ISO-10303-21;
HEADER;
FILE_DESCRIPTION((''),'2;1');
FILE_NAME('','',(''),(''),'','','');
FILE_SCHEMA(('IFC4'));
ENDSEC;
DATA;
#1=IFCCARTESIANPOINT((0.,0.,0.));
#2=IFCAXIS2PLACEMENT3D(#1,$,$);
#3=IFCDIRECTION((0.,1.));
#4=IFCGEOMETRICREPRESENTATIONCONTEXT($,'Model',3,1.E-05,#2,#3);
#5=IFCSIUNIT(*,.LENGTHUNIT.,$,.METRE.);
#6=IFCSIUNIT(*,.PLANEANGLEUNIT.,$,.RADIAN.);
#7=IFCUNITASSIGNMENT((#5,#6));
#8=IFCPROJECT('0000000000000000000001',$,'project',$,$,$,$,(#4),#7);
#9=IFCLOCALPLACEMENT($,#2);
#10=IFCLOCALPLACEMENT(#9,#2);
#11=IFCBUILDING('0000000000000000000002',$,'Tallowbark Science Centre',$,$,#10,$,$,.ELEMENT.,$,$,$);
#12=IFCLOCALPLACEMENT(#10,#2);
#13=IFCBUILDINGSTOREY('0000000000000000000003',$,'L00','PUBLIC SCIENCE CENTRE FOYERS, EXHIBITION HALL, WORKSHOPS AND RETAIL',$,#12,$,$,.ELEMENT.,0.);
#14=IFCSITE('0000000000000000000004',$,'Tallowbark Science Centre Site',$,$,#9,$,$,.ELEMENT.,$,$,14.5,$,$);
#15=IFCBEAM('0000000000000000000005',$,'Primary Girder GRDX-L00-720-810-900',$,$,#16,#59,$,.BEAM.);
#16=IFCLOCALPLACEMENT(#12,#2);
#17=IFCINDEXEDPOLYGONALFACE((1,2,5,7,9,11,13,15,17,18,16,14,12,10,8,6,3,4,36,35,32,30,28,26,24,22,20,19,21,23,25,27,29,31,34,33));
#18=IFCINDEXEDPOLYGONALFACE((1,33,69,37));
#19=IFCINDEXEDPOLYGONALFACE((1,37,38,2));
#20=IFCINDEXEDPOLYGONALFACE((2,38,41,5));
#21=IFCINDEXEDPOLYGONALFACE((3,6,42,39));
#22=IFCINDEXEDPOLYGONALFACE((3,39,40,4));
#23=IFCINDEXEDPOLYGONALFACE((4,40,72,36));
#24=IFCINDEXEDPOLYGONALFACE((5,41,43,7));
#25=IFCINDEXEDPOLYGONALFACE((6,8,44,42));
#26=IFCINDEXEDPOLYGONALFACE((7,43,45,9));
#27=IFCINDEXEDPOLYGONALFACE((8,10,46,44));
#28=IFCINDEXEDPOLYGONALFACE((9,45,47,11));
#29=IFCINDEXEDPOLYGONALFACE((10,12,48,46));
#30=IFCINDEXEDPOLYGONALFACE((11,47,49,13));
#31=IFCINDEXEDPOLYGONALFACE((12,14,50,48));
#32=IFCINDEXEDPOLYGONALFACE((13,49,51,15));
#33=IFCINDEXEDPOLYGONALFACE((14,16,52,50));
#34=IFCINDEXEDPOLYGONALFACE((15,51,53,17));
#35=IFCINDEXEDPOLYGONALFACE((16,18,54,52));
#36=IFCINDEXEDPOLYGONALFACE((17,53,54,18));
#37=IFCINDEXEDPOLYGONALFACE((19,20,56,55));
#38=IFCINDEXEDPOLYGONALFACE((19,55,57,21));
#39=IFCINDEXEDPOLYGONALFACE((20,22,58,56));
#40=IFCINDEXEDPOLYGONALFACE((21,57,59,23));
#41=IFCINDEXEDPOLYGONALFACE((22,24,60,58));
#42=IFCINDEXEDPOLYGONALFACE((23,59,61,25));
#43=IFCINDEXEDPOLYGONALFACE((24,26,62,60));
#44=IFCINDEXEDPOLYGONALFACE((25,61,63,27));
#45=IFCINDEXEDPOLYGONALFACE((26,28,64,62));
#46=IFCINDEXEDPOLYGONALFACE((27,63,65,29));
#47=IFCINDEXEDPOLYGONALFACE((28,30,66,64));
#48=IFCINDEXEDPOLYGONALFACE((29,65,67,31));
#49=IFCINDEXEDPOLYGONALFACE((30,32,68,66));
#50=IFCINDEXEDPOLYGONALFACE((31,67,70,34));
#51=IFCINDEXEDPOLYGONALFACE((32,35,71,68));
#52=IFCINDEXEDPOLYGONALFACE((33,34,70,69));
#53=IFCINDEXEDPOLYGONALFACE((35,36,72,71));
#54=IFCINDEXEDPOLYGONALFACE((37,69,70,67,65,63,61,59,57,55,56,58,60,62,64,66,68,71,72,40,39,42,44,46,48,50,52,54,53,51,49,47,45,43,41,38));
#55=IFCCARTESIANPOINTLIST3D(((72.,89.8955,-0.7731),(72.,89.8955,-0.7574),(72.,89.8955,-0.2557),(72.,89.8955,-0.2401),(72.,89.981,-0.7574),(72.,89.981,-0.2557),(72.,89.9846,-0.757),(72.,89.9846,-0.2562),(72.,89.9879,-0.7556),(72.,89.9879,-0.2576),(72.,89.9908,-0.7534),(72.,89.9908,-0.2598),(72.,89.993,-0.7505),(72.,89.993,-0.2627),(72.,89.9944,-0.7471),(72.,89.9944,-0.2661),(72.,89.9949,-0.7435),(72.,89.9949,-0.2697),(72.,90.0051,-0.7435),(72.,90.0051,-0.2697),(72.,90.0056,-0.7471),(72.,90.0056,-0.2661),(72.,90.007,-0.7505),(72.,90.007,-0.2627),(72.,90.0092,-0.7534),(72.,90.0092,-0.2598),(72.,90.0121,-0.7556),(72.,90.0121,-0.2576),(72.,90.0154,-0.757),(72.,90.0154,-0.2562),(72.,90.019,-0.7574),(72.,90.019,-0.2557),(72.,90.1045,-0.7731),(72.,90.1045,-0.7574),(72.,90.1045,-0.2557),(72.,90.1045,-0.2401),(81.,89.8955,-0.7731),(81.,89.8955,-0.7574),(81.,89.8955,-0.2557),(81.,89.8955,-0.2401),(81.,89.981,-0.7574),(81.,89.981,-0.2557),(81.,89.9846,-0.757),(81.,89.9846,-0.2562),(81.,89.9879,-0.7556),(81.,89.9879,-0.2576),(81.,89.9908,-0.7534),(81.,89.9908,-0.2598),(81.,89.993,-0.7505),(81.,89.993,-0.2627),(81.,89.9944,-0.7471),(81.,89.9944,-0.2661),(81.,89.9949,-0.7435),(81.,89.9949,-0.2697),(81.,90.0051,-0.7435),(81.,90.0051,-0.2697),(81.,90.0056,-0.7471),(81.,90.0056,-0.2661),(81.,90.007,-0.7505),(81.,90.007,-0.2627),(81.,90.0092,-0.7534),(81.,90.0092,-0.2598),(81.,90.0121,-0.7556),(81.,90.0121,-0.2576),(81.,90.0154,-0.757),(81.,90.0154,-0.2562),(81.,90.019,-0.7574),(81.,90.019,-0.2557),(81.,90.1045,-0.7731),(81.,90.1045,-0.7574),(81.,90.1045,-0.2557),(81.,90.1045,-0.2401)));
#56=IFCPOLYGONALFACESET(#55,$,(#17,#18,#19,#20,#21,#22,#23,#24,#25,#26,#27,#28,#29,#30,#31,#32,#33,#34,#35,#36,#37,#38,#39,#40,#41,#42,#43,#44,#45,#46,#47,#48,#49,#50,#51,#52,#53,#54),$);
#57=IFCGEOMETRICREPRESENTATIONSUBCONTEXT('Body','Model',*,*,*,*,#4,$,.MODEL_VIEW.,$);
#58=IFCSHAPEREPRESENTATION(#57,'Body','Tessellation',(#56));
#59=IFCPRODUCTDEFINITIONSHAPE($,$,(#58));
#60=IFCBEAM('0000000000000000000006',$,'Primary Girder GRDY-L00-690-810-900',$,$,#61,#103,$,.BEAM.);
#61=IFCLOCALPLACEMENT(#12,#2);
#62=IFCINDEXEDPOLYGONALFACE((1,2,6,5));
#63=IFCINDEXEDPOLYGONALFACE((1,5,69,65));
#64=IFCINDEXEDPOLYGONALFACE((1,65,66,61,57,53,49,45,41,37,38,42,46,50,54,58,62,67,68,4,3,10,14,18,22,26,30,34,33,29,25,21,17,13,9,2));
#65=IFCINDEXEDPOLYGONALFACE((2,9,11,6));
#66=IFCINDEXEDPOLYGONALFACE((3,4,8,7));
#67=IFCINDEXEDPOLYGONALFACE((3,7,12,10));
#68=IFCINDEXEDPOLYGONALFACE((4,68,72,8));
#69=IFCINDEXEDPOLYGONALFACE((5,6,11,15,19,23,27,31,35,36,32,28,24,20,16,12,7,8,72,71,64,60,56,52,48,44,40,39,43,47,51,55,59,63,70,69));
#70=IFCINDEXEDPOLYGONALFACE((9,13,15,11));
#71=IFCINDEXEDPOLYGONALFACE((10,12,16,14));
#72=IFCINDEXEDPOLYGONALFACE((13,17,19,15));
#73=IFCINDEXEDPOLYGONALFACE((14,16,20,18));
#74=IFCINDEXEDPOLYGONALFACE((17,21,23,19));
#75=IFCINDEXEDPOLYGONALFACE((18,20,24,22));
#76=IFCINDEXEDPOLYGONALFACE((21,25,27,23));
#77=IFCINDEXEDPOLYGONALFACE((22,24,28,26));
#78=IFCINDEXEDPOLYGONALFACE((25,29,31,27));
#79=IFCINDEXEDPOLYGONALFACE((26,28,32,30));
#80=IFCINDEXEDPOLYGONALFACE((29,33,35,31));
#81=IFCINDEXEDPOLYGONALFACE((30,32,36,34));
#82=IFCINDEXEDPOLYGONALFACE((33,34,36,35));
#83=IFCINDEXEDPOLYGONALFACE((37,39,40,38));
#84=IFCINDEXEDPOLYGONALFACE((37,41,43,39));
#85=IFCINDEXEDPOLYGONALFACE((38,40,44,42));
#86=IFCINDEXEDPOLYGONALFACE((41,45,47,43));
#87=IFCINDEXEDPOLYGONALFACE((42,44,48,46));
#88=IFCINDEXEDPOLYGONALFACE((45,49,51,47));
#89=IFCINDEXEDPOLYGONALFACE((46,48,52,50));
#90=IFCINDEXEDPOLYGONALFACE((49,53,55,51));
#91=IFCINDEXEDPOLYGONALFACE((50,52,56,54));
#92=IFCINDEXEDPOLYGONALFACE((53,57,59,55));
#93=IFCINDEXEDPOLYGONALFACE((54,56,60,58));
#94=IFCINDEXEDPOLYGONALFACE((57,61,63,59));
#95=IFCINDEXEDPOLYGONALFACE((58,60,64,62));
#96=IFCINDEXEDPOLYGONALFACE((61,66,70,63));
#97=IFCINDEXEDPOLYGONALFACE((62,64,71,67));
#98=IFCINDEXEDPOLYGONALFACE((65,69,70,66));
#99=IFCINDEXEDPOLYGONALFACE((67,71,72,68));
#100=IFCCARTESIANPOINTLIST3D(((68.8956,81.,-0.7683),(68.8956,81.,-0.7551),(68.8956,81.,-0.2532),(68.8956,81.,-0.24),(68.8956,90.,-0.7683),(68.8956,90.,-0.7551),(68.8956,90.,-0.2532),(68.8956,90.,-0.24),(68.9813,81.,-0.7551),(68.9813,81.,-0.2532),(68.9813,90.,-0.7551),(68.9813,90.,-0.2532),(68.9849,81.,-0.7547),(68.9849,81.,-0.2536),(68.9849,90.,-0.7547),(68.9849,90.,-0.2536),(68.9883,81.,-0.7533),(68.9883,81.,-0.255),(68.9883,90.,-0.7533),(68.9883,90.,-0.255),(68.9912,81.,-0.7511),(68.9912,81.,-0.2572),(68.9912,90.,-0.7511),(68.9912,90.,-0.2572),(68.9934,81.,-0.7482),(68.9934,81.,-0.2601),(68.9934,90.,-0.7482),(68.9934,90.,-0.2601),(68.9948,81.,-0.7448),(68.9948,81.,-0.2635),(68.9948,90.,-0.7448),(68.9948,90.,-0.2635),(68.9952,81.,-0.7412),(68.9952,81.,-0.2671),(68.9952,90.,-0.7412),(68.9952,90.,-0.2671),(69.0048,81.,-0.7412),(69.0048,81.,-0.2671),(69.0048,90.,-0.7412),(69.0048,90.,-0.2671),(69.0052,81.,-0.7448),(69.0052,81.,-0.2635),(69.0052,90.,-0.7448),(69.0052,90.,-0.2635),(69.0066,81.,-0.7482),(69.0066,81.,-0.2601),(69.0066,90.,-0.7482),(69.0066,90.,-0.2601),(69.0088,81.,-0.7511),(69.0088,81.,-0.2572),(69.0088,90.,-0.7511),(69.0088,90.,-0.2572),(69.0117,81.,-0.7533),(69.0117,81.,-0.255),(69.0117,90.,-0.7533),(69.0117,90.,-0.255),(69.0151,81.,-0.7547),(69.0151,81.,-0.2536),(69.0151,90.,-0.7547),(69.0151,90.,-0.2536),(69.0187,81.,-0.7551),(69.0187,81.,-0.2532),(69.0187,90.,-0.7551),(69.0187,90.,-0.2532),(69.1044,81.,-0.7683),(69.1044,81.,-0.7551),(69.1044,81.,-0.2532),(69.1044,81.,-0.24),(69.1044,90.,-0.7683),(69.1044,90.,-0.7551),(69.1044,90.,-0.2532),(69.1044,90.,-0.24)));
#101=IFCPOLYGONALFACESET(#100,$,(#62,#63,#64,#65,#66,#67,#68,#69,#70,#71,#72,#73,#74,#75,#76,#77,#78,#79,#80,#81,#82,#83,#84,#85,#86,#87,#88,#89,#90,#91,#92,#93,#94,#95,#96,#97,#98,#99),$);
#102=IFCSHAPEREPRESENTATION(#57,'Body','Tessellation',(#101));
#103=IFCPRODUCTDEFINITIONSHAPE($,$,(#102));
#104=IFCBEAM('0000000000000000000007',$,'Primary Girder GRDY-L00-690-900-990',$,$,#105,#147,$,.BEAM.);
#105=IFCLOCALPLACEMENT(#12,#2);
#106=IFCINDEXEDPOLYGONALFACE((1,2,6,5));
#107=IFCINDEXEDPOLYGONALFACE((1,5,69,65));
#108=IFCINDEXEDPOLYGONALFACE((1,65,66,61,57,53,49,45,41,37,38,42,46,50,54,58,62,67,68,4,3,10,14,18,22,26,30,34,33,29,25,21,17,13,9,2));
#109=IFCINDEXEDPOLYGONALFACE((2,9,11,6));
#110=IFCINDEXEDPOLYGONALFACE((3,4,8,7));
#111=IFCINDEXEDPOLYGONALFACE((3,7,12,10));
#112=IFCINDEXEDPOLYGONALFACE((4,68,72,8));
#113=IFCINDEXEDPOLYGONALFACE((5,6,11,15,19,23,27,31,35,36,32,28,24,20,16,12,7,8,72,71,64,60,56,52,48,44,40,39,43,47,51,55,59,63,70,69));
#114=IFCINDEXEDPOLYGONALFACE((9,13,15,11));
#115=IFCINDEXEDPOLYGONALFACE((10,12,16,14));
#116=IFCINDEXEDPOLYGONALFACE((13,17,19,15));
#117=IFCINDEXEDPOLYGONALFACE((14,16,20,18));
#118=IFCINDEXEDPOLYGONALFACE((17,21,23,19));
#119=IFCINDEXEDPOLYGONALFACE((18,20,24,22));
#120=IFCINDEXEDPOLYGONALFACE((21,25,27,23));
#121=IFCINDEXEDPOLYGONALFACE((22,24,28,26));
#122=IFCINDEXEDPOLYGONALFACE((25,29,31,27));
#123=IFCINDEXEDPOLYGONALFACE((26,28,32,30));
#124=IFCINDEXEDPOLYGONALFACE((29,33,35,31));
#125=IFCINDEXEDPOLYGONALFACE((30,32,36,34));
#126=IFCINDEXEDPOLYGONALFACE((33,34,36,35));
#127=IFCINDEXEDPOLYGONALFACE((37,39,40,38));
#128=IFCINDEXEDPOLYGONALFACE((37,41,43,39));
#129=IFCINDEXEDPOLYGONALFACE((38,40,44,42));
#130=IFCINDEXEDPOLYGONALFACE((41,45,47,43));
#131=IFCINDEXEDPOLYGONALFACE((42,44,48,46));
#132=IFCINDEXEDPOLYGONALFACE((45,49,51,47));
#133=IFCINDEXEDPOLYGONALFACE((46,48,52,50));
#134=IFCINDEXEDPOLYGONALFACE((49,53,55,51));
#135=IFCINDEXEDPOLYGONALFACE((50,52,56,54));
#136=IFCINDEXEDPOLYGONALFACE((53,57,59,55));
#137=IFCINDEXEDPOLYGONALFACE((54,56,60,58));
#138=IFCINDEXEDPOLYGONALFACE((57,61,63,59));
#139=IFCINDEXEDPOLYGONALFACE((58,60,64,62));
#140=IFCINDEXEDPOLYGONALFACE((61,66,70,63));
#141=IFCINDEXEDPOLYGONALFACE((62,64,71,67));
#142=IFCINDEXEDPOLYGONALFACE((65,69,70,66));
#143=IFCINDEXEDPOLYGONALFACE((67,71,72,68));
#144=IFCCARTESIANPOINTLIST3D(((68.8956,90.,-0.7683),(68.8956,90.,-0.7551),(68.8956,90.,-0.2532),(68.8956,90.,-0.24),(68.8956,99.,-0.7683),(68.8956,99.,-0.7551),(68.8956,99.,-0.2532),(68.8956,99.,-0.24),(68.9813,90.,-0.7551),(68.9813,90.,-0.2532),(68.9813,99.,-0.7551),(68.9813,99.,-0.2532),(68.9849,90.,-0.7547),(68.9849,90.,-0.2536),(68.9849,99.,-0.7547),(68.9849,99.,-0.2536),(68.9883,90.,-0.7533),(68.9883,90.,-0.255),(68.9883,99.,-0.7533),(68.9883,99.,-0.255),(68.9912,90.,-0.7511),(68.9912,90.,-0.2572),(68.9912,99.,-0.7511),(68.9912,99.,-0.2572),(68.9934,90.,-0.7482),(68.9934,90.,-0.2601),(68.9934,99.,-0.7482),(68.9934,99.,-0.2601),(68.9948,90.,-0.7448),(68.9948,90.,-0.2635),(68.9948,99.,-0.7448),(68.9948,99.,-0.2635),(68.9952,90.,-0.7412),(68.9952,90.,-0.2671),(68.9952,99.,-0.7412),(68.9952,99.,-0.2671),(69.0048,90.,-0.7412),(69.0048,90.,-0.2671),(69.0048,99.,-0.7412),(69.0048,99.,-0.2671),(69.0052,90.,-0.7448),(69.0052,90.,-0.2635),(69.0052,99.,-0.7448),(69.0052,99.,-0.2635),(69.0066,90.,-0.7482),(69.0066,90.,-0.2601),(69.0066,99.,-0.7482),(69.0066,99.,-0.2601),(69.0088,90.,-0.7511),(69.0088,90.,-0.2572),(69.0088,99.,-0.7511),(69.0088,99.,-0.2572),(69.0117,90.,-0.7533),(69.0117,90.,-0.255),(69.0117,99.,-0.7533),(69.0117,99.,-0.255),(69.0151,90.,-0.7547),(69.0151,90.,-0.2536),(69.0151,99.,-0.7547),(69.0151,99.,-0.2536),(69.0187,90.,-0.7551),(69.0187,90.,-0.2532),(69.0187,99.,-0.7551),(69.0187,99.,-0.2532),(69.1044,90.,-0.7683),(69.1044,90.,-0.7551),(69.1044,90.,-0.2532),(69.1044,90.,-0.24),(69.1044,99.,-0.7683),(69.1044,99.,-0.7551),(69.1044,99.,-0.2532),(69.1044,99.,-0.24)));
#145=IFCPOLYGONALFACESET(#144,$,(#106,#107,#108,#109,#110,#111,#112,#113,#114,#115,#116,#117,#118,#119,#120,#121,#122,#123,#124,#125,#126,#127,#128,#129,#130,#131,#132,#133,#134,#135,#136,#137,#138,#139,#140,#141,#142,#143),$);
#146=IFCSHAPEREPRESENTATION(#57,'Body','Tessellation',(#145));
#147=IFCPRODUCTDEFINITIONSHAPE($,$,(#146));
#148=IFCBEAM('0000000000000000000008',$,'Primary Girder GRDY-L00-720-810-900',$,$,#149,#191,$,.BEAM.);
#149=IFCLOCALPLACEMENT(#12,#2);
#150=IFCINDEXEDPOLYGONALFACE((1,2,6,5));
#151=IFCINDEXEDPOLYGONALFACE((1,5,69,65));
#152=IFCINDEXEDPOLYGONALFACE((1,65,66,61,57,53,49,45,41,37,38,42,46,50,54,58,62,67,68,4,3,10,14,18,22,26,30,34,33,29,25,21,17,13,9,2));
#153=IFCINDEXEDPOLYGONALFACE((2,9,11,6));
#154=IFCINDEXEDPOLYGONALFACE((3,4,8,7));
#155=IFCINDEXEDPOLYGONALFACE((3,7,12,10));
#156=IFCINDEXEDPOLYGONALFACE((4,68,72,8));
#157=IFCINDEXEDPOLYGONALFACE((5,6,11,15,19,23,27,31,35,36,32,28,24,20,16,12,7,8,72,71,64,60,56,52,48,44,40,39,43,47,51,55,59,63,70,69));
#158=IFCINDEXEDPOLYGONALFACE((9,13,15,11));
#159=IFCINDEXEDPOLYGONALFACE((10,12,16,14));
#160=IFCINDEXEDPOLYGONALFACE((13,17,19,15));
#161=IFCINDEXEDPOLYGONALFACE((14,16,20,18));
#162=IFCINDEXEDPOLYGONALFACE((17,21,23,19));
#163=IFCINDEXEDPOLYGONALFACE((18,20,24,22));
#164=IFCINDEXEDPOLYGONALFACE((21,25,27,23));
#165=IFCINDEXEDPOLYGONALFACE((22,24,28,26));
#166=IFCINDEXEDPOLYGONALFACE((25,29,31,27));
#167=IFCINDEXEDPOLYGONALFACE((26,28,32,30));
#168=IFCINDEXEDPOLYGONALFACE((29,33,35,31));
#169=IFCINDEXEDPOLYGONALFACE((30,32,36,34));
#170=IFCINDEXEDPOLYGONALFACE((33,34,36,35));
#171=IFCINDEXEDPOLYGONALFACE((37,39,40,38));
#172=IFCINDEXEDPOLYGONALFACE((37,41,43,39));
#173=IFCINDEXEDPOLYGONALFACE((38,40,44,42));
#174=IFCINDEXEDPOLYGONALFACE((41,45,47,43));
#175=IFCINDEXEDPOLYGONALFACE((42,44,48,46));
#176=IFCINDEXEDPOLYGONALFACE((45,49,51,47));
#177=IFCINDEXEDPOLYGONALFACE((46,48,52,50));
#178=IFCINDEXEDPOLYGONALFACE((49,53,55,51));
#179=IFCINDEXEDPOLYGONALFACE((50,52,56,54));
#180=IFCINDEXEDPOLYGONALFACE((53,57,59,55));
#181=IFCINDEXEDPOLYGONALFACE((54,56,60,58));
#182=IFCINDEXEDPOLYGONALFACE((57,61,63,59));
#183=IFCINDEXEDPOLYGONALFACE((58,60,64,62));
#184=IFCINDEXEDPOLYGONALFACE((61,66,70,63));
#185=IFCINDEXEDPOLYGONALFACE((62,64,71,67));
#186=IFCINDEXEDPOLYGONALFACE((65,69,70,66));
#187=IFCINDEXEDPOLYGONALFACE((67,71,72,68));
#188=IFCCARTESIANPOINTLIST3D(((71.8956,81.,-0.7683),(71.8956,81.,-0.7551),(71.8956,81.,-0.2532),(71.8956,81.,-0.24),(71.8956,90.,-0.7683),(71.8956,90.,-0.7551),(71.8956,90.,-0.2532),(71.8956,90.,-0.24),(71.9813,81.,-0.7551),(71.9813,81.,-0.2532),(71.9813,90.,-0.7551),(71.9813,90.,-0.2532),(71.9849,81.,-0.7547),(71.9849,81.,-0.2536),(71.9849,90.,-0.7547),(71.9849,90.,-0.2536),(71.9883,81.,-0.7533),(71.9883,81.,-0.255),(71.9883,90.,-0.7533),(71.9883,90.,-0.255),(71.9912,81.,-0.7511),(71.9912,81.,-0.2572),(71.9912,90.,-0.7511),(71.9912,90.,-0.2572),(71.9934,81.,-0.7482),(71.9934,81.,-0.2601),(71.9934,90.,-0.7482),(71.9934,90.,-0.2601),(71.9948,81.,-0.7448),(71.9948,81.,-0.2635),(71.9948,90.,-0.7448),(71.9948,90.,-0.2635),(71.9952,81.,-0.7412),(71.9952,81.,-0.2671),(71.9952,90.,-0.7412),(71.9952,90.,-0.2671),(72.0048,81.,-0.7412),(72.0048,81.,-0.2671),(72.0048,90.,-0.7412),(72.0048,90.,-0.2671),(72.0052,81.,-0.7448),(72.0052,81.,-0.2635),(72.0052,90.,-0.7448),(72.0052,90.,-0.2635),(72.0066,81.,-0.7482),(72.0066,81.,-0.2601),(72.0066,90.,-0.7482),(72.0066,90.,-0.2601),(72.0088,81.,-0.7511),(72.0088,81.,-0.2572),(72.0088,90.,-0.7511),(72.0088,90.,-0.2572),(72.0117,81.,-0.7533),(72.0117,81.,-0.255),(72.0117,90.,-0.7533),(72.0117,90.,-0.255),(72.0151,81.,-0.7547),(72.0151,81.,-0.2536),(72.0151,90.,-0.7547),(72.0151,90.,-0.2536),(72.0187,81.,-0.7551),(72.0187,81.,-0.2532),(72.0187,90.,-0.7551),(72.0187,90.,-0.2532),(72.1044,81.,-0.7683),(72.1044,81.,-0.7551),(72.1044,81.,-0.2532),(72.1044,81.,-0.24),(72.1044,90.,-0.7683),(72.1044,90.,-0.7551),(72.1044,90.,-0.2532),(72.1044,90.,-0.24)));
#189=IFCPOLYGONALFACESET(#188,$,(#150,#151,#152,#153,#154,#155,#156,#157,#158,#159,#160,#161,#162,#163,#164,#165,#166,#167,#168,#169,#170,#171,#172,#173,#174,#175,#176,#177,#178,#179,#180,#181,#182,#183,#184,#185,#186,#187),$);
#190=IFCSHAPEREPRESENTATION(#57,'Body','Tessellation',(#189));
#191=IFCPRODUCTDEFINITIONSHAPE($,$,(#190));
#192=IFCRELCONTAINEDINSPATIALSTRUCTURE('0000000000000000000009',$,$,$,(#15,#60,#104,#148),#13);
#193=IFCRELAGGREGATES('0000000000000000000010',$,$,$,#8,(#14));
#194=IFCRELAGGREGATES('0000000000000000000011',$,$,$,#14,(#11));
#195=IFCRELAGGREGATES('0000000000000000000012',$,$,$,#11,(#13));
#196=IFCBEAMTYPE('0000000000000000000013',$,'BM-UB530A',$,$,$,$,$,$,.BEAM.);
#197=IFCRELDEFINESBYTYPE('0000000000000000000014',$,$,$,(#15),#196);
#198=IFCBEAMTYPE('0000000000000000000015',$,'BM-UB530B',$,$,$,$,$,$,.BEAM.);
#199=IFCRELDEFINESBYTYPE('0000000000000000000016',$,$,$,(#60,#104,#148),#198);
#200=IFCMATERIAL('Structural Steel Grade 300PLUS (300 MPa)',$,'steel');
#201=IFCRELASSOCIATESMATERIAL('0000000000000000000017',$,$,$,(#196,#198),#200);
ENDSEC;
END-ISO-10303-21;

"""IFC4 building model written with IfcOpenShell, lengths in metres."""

from ifc_helpers import new_model, si_unit, direction, frame, origin, origin_2d, place, context, subcontext, project, spatial, i_section, extrude, material, material_profile, profile_set, type_object, element, save


model = new_model("IFC4")

# Units and contexts
model_context = context("Model", 3, precision=1e-05, world=origin(), true_north=direction((0.0, 1.0)))
body_context = subcontext(model_context, "Body", "Model", "MODEL_VIEW")
ifc_project = project(units=[si_unit("LENGTHUNIT", "METRE"), si_unit("PLANEANGLEUNIT", "RADIAN")], contexts=[model_context])

# Site, building, storey
site_placement = place(None, origin())
site = spatial("IfcSite", under=ifc_project, at=site_placement, Name="Tallowbark Science Centre Site", CompositionType="ELEMENT", RefElevation=14.5)
building_placement = place(site_placement, origin())
building = spatial("IfcBuilding", under=site, at=building_placement, Name="Tallowbark Science Centre", CompositionType="ELEMENT")
storey_placement = place(building_placement, origin())
storey = spatial("IfcBuildingStorey", under=building, at=storey_placement, Name="L00", Description="PUBLIC SCIENCE CENTRE FOYERS, EXHIBITION HALL, WORKSHOPS AND RETAIL", CompositionType="ELEMENT", Elevation=0.0)

# Shared definitions
ifc_material_1 = material(Name="Structural Steel Grade 300PLUS (300 MPa)", Category="steel")

# Beams
ifc_material_profile_1 = material_profile(ifc_material_1, i_section(OverallWidth=0.209, OverallDepth=0.533, WebThickness=0.0103, FlangeThickness=0.0156, FilletRadius=0.0139, at=origin_2d()), Name="530UB92.4")
ifc_profile_set_1 = profile_set([ifc_material_profile_1], Name="Structural Steel Grade 300PLUS (300 MPa)")
beam_type_1 = type_object("IfcBeamType", Name="BM-UB530A", PredefinedType="BEAM", material=ifc_profile_set_1)
beam_1_placement = place(storey_placement, frame((72.0, 90.0, -0.5066), z_axis=(1.0, 0.0, 0.0), x_axis=(0.0, 1.0, 0.0)))
element("IfcBeam", 1, at=beam_1_placement, inside=storey, type_object=beam_type_1, Name="Primary Girder GRDX-L00-720-810-900", PredefinedType="BEAM", context=body_context, shape_type="SweptSolid", body=[
    extrude(i_section(OverallWidth=0.209, OverallDepth=0.533, WebThickness=0.0103, FlangeThickness=0.0156, FilletRadius=0.0139, at=origin_2d()), origin(), (0.0, 0.0, 1.0), 9.0),
])
ifc_material_profile_2 = material_profile(ifc_material_1, i_section(OverallWidth=0.2087, OverallDepth=0.5283, WebThickness=0.0095, FlangeThickness=0.0132, FilletRadius=0.0139, at=origin_2d()), Name="530UB82.0")
ifc_profile_set_2 = profile_set([ifc_material_profile_2], Name="Structural Steel Grade 300PLUS (300 MPa)")
beam_type_2 = type_object("IfcBeamType", Name="BM-UB530B", PredefinedType="BEAM", material=ifc_profile_set_2)
for number, where, z_axis, x_axis, name in (
    (2, (69.0, 81.0, -0.5042), (0.0, 1.0, 0.0), (-1.0, 0.0, 0.0), "Primary Girder GRDY-L00-690-810-900"),
    (3, (69.0, 90.0, -0.5042), (0.0, 1.0, 0.0), (-1.0, 0.0, 0.0), "Primary Girder GRDY-L00-690-900-990"),
    (4, (72.0, 81.0, -0.5042), (0.0, 1.0, 0.0), (-1.0, 0.0, 0.0), "Primary Girder GRDY-L00-720-810-900"),
):
    element("IfcBeam", number, at=place(storey_placement, frame(where, z_axis=z_axis, x_axis=x_axis)), inside=storey, type_object=beam_type_2, Name=name, PredefinedType="BEAM", context=body_context, shape_type="SweptSolid", body=[
        extrude(i_section(OverallWidth=0.2087, OverallDepth=0.5283, WebThickness=0.0095, FlangeThickness=0.0132, FilletRadius=0.0139, at=origin_2d()), origin(), (0.0, 0.0, 1.0), 9.0),
    ])

save(model, "model.ifc")
